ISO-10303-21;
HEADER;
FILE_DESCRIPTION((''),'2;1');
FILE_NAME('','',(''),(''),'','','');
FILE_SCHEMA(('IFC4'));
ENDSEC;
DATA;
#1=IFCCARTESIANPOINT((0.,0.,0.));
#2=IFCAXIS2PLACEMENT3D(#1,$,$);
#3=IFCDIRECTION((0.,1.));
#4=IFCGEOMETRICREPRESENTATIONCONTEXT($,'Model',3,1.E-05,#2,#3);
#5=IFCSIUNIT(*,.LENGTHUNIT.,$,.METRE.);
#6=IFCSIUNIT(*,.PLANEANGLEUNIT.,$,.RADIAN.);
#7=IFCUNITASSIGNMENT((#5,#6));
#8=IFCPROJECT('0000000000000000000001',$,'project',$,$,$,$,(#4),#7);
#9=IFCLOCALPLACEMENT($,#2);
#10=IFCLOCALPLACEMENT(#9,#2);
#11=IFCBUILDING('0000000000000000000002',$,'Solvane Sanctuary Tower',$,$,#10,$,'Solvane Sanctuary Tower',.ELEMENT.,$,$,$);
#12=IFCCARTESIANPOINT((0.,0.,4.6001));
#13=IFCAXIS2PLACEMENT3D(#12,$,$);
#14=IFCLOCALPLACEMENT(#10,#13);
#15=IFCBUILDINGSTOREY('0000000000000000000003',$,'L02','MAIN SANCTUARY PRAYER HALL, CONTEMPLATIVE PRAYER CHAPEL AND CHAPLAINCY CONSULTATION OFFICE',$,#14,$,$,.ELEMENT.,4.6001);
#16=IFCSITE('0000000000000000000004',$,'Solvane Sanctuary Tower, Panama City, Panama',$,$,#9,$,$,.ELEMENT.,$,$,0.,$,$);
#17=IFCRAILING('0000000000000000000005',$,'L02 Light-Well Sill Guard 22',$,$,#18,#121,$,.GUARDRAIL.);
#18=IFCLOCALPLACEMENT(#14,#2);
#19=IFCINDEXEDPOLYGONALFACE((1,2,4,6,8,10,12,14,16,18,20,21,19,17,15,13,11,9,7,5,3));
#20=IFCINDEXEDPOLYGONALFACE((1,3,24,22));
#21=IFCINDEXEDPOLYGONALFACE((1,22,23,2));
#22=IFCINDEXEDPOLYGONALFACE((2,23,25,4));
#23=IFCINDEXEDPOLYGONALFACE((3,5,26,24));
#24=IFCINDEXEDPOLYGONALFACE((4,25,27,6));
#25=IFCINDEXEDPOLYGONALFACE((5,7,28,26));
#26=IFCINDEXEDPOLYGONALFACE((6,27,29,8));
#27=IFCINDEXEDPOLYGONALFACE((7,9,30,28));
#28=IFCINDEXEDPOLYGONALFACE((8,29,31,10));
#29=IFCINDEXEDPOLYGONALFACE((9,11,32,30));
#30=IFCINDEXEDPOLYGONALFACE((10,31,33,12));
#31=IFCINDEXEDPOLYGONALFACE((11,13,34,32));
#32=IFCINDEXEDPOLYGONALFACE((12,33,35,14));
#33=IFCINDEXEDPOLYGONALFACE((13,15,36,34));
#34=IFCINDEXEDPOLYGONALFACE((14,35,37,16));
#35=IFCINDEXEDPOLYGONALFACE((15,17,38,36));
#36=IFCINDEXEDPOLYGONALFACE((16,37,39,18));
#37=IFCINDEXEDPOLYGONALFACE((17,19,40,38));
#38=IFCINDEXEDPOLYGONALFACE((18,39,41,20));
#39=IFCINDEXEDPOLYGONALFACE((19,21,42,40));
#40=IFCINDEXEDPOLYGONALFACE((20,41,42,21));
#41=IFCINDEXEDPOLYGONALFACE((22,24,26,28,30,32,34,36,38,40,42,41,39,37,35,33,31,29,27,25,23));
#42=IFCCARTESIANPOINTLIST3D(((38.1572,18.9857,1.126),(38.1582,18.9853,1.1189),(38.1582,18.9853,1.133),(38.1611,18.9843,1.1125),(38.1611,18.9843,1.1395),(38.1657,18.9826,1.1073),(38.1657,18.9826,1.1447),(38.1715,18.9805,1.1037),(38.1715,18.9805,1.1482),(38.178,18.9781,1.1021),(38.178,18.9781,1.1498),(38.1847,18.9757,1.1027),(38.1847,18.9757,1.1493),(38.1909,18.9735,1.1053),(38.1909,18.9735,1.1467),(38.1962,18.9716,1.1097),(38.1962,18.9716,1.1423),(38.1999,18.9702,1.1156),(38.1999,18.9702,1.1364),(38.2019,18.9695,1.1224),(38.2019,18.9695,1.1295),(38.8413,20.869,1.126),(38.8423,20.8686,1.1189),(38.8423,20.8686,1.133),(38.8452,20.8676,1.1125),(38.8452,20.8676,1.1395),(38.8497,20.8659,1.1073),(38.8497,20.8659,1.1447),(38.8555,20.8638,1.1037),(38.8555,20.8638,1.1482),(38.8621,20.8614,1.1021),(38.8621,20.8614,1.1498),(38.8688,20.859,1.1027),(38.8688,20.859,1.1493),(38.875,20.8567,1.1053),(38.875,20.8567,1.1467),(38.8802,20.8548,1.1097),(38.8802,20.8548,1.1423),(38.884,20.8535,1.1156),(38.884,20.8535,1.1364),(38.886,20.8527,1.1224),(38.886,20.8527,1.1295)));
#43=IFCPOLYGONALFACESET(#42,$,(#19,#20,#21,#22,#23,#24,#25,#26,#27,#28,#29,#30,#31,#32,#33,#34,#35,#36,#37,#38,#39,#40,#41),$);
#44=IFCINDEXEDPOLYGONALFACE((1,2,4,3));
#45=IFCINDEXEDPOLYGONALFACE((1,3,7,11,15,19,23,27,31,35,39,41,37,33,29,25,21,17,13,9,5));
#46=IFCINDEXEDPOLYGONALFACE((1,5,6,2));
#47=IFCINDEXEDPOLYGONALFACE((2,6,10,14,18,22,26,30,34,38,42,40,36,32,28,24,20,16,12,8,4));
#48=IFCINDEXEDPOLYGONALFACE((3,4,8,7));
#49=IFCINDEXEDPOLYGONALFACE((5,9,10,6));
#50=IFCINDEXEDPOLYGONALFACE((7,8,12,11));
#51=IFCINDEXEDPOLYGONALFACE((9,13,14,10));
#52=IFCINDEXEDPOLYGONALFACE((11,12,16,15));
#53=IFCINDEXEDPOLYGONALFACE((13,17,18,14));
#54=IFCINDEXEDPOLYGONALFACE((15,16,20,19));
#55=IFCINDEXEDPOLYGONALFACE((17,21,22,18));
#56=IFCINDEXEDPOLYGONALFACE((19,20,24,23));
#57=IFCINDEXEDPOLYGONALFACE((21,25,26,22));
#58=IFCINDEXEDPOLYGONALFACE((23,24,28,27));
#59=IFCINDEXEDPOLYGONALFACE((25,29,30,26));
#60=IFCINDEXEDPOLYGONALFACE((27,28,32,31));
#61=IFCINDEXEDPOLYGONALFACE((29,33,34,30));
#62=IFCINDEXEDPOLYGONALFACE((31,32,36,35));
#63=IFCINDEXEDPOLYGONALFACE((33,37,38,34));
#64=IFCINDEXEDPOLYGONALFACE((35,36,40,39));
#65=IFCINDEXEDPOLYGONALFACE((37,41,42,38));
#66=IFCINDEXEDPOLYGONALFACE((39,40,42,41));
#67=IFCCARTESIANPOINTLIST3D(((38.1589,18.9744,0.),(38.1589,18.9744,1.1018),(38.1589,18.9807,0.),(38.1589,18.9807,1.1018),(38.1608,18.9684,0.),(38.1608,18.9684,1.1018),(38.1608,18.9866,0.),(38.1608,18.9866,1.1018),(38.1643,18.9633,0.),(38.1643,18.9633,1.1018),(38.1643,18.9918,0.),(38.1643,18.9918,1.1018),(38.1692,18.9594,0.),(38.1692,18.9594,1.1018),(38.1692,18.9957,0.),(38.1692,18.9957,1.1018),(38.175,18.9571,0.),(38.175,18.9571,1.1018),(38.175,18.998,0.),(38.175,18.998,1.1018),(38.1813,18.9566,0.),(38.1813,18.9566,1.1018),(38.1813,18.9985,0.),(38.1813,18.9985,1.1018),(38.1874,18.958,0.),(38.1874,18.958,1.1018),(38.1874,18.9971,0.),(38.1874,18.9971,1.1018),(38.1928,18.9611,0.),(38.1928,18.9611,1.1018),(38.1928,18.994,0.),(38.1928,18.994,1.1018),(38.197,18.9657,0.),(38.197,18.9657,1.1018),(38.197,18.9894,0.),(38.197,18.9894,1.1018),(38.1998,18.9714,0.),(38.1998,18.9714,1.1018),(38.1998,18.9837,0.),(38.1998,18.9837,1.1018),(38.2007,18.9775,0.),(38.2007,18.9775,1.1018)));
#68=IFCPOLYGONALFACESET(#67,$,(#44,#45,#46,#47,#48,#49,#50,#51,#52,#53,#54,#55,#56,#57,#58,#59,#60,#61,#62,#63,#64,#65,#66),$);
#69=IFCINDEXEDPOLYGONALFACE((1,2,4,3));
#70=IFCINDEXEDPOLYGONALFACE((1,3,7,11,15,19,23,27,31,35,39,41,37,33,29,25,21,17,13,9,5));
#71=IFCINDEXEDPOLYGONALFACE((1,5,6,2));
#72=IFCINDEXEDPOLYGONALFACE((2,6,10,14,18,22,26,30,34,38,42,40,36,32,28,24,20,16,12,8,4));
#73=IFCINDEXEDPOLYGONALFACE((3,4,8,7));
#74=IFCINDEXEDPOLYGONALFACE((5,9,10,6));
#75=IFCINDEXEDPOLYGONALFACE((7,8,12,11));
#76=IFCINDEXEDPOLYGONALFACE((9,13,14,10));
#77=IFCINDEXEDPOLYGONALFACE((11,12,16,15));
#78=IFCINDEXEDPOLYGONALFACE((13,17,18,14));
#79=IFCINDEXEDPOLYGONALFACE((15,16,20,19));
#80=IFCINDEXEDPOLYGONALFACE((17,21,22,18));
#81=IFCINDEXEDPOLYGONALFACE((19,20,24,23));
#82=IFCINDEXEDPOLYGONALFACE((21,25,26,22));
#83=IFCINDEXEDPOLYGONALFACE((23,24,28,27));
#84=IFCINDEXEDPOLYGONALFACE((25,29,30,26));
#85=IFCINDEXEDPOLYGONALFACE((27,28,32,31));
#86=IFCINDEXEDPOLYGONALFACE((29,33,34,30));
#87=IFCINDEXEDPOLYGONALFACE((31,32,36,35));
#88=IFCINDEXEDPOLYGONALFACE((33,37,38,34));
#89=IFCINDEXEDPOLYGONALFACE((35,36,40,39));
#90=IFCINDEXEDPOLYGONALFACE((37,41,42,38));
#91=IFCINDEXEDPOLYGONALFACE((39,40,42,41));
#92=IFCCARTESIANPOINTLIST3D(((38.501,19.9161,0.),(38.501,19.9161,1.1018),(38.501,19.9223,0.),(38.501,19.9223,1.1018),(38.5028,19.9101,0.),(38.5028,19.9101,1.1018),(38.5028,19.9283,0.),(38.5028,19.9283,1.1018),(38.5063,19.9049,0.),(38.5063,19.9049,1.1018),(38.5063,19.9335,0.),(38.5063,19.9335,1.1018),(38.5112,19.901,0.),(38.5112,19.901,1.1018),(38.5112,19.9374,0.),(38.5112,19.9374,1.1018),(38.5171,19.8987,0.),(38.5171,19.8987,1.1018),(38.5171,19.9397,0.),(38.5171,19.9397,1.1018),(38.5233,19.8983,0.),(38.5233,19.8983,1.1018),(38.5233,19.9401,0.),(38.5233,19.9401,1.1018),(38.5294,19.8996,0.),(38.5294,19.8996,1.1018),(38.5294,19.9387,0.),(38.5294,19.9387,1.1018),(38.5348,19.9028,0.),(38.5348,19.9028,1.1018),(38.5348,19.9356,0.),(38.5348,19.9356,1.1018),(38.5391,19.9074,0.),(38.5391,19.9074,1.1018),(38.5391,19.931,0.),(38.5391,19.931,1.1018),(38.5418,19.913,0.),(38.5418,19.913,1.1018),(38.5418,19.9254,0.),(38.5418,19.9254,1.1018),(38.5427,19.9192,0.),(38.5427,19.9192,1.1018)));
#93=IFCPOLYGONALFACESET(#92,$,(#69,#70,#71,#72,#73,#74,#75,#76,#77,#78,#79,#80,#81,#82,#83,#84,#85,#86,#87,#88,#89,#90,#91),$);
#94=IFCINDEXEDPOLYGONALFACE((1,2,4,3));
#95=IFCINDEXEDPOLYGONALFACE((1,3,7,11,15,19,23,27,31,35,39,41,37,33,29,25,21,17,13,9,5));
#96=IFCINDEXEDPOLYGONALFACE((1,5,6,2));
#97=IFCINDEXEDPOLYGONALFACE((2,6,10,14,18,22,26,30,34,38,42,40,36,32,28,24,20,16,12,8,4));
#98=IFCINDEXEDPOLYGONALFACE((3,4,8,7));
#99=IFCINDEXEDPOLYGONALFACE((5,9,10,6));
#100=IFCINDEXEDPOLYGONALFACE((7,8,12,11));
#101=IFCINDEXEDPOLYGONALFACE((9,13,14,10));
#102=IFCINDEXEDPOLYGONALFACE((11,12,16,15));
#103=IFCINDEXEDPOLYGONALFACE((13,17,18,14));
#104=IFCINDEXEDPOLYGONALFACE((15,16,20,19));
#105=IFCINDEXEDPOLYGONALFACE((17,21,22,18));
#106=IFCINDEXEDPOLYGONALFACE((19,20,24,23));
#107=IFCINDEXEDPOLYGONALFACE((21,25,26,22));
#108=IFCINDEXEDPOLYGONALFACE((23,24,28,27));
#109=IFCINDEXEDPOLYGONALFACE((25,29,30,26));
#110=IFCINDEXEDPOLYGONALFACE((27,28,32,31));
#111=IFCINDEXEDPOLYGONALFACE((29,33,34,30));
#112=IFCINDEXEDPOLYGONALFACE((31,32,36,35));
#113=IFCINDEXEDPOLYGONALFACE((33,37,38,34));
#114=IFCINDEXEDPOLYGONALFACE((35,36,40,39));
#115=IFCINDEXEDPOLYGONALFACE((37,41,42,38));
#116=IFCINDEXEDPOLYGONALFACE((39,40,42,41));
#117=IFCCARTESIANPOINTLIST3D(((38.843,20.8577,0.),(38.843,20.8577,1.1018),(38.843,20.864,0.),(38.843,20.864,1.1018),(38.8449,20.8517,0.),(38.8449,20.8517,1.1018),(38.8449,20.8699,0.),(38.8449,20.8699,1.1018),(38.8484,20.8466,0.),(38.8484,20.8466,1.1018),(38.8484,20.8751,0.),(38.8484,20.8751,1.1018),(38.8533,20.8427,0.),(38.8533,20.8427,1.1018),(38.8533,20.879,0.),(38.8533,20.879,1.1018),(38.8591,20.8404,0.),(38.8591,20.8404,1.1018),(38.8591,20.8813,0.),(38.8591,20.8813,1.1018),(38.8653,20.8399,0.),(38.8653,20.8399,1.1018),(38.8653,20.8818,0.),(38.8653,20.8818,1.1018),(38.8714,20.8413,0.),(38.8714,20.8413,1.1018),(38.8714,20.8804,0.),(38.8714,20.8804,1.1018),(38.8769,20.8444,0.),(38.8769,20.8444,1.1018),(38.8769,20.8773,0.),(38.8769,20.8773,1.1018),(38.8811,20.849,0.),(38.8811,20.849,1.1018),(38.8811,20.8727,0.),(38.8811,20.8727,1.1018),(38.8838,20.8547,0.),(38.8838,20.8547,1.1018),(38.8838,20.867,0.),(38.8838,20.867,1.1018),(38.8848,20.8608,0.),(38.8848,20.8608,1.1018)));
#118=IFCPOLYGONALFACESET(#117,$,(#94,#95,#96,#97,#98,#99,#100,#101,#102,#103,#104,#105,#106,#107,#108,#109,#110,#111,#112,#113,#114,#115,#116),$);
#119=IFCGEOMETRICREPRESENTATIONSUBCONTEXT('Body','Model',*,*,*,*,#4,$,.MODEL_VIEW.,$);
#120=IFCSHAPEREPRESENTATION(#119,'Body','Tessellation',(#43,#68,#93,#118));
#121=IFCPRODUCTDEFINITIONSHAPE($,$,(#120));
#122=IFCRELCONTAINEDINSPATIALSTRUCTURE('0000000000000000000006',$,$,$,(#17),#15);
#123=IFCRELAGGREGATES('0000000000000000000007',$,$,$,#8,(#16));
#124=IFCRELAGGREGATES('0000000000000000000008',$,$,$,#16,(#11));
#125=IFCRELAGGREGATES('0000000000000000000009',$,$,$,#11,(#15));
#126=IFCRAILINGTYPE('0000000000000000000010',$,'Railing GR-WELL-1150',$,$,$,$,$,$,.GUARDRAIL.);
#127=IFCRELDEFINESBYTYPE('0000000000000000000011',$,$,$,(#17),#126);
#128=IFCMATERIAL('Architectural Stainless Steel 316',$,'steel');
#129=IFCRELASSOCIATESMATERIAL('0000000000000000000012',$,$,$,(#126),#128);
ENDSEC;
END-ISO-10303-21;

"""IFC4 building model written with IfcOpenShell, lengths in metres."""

from ifc_helpers import new_model, si_unit, direction, frame, origin, origin_2d, place, context, subcontext, project, spatial, circle, extrude, material, type_object, element, save


model = new_model("IFC4")

# Units and contexts
model_context = context("Model", 3, precision=1e-05, world=origin(), true_north=direction((0.0, 1.0)))
body_context = subcontext(model_context, "Body", "Model", "MODEL_VIEW")
ifc_project = project(units=[si_unit("LENGTHUNIT", "METRE"), si_unit("PLANEANGLEUNIT", "RADIAN")], contexts=[model_context])

# Site, building, storey
site_placement = place(None, origin())
site = spatial("IfcSite", under=ifc_project, at=site_placement, Name="Solvane Sanctuary Tower, Panama City, Panama", CompositionType="ELEMENT", RefElevation=0.0)
building_placement = place(site_placement, origin())
building = spatial("IfcBuilding", under=site, at=building_placement, Name="Solvane Sanctuary Tower", LongName="Solvane Sanctuary Tower", CompositionType="ELEMENT")
storey_placement = place(building_placement, frame((0.0, 0.0, 4.6001)))
storey = spatial("IfcBuildingStorey", under=building, at=storey_placement, Name="L02", Description="MAIN SANCTUARY PRAYER HALL, CONTEMPLATIVE PRAYER CHAPEL AND CHAPLAINCY CONSULTATION OFFICE", CompositionType="ELEMENT", Elevation=4.6001)

# Railing
ifc_material_1 = material(Name="Architectural Stainless Steel 316", Category="steel")
railing_type = type_object("IfcRailingType", Name="Railing GR-WELL-1150", PredefinedType="GUARDRAIL", material=ifc_material_1)
railing_1_placement = place(storey_placement, frame((38.1797, 18.9775, 0.0)))
element("IfcRailing", 1, at=railing_1_placement, inside=storey, type_object=railing_type, Name="L02 Light-Well Sill Guard 22", PredefinedType="GUARDRAIL", context=body_context, shape_type="SweptSolid", body=[
    extrude(circle(Radius=0.0239, at=origin_2d()), frame((0.0, 0.0, 1.126), z_axis=(0.34141, 0.939914, 0.0), x_axis=(-0.939914, 0.34141, 0.0)), (0.0, 0.0, 1.0), 2.0037),
    extrude(circle(Radius=0.021, at=origin_2d()), origin(), (0.0, 0.0, 1.0), 1.1018),
    extrude(circle(Radius=0.021, at=origin_2d()), frame((0.342, 0.9417, 0.0)), (0.0, 0.0, 1.0), 1.1018),
    extrude(circle(Radius=0.021, at=origin_2d()), frame((0.6841, 1.8833, 0.0)), (0.0, 0.0, 1.0), 1.1018),
])

save(model, "model.ifc")
